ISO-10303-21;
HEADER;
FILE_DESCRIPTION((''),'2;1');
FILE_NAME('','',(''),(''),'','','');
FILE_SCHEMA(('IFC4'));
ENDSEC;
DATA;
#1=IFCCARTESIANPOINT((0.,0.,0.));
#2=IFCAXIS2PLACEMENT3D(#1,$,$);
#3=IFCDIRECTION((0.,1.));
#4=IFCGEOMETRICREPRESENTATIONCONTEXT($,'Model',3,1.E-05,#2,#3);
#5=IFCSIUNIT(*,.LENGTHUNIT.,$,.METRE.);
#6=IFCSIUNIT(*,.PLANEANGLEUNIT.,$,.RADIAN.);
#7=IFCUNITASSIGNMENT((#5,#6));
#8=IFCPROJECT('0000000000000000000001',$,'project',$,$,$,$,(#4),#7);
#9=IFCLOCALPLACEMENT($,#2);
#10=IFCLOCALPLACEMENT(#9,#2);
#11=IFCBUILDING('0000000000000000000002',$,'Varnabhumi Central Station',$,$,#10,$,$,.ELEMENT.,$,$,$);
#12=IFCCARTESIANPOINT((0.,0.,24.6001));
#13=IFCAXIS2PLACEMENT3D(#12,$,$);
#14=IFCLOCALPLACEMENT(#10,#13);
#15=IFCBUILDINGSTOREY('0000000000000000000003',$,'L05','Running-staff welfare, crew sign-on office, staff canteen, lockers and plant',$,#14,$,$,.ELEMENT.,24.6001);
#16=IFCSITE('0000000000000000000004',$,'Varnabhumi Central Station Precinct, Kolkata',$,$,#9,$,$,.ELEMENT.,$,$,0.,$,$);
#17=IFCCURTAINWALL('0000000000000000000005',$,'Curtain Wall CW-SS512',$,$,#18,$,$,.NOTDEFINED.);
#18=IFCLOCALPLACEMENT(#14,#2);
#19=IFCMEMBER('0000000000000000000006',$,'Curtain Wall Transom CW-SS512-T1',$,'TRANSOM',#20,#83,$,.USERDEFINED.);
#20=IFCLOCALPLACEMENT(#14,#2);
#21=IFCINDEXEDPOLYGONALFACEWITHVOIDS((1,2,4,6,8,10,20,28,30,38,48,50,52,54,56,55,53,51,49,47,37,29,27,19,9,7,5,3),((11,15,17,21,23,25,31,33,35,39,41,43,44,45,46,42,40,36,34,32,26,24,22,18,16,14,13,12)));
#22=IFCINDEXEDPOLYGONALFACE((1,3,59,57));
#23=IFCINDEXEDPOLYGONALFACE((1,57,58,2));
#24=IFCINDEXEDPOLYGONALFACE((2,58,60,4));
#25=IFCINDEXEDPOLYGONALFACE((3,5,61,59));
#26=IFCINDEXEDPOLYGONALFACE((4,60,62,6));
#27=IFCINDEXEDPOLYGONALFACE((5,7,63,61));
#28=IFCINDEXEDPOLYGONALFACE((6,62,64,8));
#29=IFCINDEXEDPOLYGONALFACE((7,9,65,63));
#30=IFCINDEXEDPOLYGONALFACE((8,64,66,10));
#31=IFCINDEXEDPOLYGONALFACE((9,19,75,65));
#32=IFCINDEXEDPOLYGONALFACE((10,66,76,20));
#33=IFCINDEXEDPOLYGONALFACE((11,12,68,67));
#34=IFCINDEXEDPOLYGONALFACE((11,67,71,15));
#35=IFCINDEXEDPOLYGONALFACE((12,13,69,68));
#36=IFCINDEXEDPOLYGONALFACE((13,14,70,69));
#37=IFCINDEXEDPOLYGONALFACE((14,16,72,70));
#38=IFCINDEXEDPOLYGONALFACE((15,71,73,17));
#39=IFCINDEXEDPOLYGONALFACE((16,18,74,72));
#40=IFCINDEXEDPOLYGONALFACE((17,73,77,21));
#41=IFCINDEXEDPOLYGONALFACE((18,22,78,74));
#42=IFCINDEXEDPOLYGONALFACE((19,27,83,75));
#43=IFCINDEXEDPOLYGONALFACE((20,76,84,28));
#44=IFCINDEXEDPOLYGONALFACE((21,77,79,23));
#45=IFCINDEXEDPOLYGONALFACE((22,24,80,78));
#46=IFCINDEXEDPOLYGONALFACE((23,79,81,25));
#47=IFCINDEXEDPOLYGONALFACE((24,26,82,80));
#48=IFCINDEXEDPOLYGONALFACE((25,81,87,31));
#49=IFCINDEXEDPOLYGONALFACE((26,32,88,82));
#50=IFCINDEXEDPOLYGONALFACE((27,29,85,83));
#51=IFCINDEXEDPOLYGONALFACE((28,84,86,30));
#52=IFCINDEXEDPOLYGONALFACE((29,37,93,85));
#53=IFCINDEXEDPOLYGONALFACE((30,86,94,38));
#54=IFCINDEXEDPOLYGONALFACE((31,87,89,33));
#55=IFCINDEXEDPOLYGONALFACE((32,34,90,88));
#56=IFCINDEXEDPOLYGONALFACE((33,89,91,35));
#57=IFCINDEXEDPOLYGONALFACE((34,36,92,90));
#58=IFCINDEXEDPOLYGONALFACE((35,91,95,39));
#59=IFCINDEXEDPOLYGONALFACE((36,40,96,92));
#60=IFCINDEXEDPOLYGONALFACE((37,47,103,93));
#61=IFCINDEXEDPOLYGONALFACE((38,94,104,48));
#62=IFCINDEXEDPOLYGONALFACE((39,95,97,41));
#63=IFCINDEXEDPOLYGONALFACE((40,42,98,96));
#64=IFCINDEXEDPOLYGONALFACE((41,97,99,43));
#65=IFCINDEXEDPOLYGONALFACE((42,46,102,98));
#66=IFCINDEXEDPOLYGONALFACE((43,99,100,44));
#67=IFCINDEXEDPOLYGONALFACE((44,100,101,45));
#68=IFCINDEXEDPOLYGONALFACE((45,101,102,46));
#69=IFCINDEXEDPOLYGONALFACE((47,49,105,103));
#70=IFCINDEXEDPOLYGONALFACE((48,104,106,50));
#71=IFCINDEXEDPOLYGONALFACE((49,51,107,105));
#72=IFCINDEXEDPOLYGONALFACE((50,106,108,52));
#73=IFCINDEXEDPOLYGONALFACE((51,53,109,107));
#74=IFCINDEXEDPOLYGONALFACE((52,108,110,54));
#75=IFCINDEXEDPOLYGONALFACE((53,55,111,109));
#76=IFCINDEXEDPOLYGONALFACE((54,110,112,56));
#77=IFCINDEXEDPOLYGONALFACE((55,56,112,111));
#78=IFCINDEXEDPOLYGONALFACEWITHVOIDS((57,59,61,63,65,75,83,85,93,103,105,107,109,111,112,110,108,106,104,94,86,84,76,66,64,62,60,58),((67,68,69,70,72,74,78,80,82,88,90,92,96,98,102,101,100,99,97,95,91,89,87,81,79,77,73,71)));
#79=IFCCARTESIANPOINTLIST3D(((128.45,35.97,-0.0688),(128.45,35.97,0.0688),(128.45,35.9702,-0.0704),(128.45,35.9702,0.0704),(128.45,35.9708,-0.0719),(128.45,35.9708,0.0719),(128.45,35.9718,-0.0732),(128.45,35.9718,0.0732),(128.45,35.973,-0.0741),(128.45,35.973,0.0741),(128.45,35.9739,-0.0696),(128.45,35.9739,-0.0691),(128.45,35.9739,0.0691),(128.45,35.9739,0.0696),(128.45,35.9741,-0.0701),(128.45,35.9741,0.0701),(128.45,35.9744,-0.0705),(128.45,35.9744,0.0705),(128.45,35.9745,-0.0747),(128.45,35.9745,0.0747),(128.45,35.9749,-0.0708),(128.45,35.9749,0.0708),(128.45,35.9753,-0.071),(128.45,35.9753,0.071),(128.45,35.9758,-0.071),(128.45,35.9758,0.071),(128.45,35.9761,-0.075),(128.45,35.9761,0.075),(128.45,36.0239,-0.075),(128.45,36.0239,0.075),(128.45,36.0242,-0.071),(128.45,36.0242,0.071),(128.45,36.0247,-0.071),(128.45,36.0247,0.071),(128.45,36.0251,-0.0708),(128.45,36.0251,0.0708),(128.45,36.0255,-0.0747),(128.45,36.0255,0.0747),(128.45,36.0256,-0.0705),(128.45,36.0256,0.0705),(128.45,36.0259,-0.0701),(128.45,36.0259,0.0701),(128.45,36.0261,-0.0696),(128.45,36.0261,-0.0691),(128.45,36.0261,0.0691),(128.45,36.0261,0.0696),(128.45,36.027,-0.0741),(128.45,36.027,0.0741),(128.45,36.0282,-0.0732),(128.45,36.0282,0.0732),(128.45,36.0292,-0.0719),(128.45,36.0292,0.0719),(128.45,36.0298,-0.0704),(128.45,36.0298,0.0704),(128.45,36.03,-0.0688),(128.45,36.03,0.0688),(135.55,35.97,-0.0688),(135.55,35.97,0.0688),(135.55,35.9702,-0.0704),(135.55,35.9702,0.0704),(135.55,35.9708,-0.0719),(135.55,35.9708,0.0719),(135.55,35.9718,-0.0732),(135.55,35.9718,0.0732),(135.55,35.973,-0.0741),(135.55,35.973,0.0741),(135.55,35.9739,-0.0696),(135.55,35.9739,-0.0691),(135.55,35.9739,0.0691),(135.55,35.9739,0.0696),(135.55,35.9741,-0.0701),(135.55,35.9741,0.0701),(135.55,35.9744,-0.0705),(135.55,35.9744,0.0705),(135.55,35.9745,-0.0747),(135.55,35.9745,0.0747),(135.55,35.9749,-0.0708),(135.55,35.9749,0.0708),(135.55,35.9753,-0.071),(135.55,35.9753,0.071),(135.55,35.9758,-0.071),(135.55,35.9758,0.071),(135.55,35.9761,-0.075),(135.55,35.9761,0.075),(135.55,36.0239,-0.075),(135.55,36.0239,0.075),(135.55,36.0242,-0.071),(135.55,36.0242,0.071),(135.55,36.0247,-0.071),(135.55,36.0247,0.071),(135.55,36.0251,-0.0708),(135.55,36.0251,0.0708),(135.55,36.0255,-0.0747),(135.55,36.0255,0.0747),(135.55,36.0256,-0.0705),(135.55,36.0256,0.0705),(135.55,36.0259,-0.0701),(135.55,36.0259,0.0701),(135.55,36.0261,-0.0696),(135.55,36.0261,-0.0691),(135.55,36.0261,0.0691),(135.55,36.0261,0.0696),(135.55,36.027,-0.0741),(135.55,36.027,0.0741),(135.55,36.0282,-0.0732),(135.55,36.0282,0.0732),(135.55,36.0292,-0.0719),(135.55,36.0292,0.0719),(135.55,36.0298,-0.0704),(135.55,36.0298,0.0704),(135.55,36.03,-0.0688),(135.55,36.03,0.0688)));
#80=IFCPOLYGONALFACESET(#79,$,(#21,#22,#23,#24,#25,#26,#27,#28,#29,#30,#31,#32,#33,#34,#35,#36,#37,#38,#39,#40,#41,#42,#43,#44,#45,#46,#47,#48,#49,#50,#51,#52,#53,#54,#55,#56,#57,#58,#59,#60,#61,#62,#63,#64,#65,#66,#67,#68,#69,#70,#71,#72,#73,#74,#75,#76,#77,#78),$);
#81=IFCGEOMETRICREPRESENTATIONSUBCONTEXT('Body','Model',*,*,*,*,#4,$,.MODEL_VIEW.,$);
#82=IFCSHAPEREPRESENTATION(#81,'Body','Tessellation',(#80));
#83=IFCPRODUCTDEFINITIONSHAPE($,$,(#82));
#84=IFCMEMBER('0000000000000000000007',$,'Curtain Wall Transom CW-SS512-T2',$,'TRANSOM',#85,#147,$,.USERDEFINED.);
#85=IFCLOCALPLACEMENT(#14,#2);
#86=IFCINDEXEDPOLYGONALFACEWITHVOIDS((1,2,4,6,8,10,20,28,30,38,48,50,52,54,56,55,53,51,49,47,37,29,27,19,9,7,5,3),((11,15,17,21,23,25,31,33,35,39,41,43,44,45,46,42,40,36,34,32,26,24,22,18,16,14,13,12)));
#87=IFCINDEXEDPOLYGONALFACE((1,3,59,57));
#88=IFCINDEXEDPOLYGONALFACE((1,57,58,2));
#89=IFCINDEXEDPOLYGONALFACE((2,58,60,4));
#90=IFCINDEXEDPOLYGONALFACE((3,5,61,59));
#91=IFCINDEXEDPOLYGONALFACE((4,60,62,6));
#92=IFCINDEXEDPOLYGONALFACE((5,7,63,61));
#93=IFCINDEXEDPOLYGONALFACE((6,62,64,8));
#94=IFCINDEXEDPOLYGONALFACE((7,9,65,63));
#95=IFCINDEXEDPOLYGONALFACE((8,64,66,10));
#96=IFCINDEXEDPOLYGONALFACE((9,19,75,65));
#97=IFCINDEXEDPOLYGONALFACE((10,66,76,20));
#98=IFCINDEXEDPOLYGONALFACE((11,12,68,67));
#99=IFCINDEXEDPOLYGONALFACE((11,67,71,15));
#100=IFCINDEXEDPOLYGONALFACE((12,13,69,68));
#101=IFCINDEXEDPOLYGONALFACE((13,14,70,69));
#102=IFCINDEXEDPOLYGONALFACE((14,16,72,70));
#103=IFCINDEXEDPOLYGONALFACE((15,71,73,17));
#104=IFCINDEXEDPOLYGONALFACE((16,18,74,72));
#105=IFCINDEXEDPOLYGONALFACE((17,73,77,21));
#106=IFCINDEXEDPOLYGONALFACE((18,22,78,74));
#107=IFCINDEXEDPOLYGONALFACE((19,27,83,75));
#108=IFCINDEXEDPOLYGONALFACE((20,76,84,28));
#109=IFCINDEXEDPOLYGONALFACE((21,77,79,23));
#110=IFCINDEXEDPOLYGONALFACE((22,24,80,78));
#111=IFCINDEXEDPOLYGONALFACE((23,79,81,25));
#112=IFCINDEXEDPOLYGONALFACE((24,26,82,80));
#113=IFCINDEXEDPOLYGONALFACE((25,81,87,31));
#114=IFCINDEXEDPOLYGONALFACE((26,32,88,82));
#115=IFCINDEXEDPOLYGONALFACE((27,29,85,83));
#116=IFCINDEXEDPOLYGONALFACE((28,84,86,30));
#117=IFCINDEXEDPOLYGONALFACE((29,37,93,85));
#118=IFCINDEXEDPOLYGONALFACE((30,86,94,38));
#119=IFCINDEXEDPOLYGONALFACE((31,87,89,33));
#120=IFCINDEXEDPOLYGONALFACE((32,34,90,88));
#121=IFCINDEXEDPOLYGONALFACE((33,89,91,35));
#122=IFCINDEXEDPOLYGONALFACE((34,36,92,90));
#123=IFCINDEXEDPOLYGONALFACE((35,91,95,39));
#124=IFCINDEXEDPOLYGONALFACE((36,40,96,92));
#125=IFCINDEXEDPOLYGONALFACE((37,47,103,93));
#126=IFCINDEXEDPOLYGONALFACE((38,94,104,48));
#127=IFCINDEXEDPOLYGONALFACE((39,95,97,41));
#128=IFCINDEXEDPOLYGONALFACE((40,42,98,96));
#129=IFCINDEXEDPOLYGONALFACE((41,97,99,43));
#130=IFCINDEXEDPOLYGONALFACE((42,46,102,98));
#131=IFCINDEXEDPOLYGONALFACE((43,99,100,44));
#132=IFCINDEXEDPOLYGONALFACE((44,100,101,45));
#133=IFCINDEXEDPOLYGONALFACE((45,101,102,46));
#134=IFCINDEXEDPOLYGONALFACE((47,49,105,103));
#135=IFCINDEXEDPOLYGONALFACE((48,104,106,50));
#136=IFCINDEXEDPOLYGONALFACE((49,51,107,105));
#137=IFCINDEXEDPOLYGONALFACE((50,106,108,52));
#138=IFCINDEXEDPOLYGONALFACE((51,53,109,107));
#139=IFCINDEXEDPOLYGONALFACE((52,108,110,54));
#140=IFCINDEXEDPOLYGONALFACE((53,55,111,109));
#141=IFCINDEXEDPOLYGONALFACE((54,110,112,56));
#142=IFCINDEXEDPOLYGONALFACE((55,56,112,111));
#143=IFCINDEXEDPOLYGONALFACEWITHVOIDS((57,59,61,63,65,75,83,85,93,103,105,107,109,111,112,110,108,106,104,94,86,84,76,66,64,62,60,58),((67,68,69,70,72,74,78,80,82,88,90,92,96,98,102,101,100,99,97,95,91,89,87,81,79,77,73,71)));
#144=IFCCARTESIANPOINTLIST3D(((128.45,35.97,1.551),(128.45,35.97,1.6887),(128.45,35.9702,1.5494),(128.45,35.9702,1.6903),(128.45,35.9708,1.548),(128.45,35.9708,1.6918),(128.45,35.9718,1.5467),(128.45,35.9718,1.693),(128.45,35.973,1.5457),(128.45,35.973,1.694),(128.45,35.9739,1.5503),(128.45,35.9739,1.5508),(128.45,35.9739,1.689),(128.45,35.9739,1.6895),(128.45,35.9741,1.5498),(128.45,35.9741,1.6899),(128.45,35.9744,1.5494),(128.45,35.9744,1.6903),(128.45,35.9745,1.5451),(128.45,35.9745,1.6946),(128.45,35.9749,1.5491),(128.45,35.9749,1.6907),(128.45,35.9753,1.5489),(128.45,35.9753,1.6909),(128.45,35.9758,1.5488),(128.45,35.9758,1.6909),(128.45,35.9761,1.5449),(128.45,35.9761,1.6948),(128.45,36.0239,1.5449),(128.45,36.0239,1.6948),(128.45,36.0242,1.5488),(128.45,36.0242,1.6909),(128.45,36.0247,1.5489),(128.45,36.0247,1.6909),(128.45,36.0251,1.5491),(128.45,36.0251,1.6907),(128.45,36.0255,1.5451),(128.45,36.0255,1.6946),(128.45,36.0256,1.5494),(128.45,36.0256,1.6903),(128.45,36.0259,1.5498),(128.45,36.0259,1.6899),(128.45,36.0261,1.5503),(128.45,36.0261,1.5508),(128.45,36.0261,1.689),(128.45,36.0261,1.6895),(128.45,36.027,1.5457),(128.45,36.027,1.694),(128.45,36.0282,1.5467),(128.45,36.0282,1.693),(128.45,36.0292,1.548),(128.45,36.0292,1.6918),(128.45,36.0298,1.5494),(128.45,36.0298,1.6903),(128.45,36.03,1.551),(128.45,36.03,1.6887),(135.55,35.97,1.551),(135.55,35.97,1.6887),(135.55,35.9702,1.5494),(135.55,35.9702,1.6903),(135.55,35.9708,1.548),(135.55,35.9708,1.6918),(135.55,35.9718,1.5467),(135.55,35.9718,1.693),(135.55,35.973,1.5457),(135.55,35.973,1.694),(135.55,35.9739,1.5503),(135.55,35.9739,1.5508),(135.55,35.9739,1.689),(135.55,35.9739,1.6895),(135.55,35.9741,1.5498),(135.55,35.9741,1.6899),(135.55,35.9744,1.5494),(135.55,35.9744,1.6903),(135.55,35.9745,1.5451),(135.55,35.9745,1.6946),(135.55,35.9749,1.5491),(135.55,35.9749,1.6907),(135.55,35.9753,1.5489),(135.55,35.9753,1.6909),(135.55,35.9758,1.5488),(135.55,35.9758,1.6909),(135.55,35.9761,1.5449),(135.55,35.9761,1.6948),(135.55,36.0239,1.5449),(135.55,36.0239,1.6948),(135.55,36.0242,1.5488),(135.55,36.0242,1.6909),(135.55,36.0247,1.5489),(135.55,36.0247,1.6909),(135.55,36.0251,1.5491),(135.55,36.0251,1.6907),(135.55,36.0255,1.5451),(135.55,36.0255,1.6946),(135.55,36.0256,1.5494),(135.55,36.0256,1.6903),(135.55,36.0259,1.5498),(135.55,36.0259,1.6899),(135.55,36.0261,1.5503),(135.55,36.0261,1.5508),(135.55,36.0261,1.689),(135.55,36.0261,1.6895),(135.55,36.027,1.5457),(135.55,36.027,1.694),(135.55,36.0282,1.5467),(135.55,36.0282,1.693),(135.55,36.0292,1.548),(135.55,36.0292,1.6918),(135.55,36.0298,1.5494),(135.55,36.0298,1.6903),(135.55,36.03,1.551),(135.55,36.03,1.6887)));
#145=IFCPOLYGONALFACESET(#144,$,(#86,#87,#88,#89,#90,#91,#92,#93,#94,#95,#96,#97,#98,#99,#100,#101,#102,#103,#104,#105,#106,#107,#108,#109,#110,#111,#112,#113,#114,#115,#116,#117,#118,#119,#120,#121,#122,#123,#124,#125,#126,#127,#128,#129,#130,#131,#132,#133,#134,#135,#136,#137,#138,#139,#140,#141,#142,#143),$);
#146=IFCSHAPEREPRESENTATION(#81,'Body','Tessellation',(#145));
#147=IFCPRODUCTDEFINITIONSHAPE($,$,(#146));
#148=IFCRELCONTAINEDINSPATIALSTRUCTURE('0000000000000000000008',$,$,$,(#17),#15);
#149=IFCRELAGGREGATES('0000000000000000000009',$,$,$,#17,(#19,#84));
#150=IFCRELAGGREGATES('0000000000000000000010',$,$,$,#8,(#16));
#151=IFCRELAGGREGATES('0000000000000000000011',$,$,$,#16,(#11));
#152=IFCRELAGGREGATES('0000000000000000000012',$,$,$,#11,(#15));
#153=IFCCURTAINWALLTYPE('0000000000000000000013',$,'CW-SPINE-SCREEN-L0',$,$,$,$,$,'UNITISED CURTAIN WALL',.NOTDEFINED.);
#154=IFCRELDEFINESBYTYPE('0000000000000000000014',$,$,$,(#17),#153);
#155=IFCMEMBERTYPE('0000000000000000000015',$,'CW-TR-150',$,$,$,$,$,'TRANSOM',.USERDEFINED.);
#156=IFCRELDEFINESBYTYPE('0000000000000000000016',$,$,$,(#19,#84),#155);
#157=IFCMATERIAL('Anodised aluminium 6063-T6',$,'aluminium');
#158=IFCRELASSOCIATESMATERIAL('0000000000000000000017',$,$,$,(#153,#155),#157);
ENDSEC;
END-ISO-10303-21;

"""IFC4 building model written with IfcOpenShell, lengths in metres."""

from ifc_helpers import new_model, si_unit, direction, frame, origin, origin_2d, place, context, subcontext, project, spatial, hollow_rectangle, extrude, material, material_profile, profile_set, type_object, element, aggregate, save


model = new_model("IFC4")

# Units and contexts
model_context = context("Model", 3, precision=1e-05, world=origin(), true_north=direction((0.0, 1.0)))
body_context = subcontext(model_context, "Body", "Model", "MODEL_VIEW")
ifc_project = project(units=[si_unit("LENGTHUNIT", "METRE"), si_unit("PLANEANGLEUNIT", "RADIAN")], contexts=[model_context])

# Site, building, storey
site_placement = place(None, origin())
site = spatial("IfcSite", under=ifc_project, at=site_placement, Name="Varnabhumi Central Station Precinct, Kolkata", CompositionType="ELEMENT", RefElevation=0.0)
building_placement = place(site_placement, origin())
building = spatial("IfcBuilding", under=site, at=building_placement, Name="Varnabhumi Central Station", CompositionType="ELEMENT")
storey_placement = place(building_placement, frame((0.0, 0.0, 24.6001)))
storey = spatial("IfcBuildingStorey", under=building, at=storey_placement, Name="L05", Description="Running-staff welfare, crew sign-on office, staff canteen, lockers and plant", CompositionType="ELEMENT", Elevation=24.6001)

# Curtain wall, members
ifc_material_1 = material(Name="Anodised aluminium 6063-T6", Category="aluminium")
curtain_wall_type = type_object("IfcCurtainWallType", Name="CW-SPINE-SCREEN-L0", ElementType="UNITISED CURTAIN WALL", PredefinedType="NOTDEFINED", material=ifc_material_1)
curtain_wall_placement = place(storey_placement, origin())
curtain_wall = element("IfcCurtainWall", 1, at=curtain_wall_placement, inside=storey, type_object=curtain_wall_type, Name="Curtain Wall CW-SS512", PredefinedType="NOTDEFINED")
ifc_material_profile_1 = material_profile(ifc_material_1, hollow_rectangle(XDim=0.0601, YDim=0.1499, WallThickness=0.0039, InnerFilletRadius=0.002, OuterFilletRadius=0.0061, at=origin_2d()), Name="Anodised aluminium 6063-T6", Category="aluminium")
ifc_profile_set_1 = profile_set([ifc_material_profile_1], Name="Anodised aluminium 6063-T6")
member_type_1 = type_object("IfcMemberType", Name="CW-TR-150", ElementType="TRANSOM", PredefinedType="USERDEFINED", material=ifc_profile_set_1)
member_1_placement = place(storey_placement, frame((128.45, 36.0, 0.0), z_axis=(1.0, 0.0, 0.0), x_axis=(0.0, 1.0, 0.0)))
member_1 = element("IfcMember", 2, at=member_1_placement, type_object=member_type_1, Name="Curtain Wall Transom CW-SS512-T1", ObjectType="TRANSOM", PredefinedType="USERDEFINED", context=body_context, shape_type="SweptSolid", body=[
    extrude(hollow_rectangle(XDim=0.0601, YDim=0.1499, WallThickness=0.0039, InnerFilletRadius=0.002, OuterFilletRadius=0.0061, at=origin_2d()), origin(), (0.0, 0.0, 1.0), 7.1001),
])
member_2_placement = place(storey_placement, frame((128.45, 36.0, 1.6199), z_axis=(1.0, 0.0, 0.0), x_axis=(0.0, 1.0, 0.0)))
member_2 = element("IfcMember", 3, at=member_2_placement, type_object=member_type_1, Name="Curtain Wall Transom CW-SS512-T2", ObjectType="TRANSOM", PredefinedType="USERDEFINED", context=body_context, shape_type="SweptSolid", body=[
    extrude(hollow_rectangle(XDim=0.0601, YDim=0.1499, WallThickness=0.0039, InnerFilletRadius=0.002, OuterFilletRadius=0.0061, at=origin_2d()), origin(), (0.0, 0.0, 1.0), 7.1001),
])

aggregate(curtain_wall, [member_1, member_2])

save(model, "model.ifc")
